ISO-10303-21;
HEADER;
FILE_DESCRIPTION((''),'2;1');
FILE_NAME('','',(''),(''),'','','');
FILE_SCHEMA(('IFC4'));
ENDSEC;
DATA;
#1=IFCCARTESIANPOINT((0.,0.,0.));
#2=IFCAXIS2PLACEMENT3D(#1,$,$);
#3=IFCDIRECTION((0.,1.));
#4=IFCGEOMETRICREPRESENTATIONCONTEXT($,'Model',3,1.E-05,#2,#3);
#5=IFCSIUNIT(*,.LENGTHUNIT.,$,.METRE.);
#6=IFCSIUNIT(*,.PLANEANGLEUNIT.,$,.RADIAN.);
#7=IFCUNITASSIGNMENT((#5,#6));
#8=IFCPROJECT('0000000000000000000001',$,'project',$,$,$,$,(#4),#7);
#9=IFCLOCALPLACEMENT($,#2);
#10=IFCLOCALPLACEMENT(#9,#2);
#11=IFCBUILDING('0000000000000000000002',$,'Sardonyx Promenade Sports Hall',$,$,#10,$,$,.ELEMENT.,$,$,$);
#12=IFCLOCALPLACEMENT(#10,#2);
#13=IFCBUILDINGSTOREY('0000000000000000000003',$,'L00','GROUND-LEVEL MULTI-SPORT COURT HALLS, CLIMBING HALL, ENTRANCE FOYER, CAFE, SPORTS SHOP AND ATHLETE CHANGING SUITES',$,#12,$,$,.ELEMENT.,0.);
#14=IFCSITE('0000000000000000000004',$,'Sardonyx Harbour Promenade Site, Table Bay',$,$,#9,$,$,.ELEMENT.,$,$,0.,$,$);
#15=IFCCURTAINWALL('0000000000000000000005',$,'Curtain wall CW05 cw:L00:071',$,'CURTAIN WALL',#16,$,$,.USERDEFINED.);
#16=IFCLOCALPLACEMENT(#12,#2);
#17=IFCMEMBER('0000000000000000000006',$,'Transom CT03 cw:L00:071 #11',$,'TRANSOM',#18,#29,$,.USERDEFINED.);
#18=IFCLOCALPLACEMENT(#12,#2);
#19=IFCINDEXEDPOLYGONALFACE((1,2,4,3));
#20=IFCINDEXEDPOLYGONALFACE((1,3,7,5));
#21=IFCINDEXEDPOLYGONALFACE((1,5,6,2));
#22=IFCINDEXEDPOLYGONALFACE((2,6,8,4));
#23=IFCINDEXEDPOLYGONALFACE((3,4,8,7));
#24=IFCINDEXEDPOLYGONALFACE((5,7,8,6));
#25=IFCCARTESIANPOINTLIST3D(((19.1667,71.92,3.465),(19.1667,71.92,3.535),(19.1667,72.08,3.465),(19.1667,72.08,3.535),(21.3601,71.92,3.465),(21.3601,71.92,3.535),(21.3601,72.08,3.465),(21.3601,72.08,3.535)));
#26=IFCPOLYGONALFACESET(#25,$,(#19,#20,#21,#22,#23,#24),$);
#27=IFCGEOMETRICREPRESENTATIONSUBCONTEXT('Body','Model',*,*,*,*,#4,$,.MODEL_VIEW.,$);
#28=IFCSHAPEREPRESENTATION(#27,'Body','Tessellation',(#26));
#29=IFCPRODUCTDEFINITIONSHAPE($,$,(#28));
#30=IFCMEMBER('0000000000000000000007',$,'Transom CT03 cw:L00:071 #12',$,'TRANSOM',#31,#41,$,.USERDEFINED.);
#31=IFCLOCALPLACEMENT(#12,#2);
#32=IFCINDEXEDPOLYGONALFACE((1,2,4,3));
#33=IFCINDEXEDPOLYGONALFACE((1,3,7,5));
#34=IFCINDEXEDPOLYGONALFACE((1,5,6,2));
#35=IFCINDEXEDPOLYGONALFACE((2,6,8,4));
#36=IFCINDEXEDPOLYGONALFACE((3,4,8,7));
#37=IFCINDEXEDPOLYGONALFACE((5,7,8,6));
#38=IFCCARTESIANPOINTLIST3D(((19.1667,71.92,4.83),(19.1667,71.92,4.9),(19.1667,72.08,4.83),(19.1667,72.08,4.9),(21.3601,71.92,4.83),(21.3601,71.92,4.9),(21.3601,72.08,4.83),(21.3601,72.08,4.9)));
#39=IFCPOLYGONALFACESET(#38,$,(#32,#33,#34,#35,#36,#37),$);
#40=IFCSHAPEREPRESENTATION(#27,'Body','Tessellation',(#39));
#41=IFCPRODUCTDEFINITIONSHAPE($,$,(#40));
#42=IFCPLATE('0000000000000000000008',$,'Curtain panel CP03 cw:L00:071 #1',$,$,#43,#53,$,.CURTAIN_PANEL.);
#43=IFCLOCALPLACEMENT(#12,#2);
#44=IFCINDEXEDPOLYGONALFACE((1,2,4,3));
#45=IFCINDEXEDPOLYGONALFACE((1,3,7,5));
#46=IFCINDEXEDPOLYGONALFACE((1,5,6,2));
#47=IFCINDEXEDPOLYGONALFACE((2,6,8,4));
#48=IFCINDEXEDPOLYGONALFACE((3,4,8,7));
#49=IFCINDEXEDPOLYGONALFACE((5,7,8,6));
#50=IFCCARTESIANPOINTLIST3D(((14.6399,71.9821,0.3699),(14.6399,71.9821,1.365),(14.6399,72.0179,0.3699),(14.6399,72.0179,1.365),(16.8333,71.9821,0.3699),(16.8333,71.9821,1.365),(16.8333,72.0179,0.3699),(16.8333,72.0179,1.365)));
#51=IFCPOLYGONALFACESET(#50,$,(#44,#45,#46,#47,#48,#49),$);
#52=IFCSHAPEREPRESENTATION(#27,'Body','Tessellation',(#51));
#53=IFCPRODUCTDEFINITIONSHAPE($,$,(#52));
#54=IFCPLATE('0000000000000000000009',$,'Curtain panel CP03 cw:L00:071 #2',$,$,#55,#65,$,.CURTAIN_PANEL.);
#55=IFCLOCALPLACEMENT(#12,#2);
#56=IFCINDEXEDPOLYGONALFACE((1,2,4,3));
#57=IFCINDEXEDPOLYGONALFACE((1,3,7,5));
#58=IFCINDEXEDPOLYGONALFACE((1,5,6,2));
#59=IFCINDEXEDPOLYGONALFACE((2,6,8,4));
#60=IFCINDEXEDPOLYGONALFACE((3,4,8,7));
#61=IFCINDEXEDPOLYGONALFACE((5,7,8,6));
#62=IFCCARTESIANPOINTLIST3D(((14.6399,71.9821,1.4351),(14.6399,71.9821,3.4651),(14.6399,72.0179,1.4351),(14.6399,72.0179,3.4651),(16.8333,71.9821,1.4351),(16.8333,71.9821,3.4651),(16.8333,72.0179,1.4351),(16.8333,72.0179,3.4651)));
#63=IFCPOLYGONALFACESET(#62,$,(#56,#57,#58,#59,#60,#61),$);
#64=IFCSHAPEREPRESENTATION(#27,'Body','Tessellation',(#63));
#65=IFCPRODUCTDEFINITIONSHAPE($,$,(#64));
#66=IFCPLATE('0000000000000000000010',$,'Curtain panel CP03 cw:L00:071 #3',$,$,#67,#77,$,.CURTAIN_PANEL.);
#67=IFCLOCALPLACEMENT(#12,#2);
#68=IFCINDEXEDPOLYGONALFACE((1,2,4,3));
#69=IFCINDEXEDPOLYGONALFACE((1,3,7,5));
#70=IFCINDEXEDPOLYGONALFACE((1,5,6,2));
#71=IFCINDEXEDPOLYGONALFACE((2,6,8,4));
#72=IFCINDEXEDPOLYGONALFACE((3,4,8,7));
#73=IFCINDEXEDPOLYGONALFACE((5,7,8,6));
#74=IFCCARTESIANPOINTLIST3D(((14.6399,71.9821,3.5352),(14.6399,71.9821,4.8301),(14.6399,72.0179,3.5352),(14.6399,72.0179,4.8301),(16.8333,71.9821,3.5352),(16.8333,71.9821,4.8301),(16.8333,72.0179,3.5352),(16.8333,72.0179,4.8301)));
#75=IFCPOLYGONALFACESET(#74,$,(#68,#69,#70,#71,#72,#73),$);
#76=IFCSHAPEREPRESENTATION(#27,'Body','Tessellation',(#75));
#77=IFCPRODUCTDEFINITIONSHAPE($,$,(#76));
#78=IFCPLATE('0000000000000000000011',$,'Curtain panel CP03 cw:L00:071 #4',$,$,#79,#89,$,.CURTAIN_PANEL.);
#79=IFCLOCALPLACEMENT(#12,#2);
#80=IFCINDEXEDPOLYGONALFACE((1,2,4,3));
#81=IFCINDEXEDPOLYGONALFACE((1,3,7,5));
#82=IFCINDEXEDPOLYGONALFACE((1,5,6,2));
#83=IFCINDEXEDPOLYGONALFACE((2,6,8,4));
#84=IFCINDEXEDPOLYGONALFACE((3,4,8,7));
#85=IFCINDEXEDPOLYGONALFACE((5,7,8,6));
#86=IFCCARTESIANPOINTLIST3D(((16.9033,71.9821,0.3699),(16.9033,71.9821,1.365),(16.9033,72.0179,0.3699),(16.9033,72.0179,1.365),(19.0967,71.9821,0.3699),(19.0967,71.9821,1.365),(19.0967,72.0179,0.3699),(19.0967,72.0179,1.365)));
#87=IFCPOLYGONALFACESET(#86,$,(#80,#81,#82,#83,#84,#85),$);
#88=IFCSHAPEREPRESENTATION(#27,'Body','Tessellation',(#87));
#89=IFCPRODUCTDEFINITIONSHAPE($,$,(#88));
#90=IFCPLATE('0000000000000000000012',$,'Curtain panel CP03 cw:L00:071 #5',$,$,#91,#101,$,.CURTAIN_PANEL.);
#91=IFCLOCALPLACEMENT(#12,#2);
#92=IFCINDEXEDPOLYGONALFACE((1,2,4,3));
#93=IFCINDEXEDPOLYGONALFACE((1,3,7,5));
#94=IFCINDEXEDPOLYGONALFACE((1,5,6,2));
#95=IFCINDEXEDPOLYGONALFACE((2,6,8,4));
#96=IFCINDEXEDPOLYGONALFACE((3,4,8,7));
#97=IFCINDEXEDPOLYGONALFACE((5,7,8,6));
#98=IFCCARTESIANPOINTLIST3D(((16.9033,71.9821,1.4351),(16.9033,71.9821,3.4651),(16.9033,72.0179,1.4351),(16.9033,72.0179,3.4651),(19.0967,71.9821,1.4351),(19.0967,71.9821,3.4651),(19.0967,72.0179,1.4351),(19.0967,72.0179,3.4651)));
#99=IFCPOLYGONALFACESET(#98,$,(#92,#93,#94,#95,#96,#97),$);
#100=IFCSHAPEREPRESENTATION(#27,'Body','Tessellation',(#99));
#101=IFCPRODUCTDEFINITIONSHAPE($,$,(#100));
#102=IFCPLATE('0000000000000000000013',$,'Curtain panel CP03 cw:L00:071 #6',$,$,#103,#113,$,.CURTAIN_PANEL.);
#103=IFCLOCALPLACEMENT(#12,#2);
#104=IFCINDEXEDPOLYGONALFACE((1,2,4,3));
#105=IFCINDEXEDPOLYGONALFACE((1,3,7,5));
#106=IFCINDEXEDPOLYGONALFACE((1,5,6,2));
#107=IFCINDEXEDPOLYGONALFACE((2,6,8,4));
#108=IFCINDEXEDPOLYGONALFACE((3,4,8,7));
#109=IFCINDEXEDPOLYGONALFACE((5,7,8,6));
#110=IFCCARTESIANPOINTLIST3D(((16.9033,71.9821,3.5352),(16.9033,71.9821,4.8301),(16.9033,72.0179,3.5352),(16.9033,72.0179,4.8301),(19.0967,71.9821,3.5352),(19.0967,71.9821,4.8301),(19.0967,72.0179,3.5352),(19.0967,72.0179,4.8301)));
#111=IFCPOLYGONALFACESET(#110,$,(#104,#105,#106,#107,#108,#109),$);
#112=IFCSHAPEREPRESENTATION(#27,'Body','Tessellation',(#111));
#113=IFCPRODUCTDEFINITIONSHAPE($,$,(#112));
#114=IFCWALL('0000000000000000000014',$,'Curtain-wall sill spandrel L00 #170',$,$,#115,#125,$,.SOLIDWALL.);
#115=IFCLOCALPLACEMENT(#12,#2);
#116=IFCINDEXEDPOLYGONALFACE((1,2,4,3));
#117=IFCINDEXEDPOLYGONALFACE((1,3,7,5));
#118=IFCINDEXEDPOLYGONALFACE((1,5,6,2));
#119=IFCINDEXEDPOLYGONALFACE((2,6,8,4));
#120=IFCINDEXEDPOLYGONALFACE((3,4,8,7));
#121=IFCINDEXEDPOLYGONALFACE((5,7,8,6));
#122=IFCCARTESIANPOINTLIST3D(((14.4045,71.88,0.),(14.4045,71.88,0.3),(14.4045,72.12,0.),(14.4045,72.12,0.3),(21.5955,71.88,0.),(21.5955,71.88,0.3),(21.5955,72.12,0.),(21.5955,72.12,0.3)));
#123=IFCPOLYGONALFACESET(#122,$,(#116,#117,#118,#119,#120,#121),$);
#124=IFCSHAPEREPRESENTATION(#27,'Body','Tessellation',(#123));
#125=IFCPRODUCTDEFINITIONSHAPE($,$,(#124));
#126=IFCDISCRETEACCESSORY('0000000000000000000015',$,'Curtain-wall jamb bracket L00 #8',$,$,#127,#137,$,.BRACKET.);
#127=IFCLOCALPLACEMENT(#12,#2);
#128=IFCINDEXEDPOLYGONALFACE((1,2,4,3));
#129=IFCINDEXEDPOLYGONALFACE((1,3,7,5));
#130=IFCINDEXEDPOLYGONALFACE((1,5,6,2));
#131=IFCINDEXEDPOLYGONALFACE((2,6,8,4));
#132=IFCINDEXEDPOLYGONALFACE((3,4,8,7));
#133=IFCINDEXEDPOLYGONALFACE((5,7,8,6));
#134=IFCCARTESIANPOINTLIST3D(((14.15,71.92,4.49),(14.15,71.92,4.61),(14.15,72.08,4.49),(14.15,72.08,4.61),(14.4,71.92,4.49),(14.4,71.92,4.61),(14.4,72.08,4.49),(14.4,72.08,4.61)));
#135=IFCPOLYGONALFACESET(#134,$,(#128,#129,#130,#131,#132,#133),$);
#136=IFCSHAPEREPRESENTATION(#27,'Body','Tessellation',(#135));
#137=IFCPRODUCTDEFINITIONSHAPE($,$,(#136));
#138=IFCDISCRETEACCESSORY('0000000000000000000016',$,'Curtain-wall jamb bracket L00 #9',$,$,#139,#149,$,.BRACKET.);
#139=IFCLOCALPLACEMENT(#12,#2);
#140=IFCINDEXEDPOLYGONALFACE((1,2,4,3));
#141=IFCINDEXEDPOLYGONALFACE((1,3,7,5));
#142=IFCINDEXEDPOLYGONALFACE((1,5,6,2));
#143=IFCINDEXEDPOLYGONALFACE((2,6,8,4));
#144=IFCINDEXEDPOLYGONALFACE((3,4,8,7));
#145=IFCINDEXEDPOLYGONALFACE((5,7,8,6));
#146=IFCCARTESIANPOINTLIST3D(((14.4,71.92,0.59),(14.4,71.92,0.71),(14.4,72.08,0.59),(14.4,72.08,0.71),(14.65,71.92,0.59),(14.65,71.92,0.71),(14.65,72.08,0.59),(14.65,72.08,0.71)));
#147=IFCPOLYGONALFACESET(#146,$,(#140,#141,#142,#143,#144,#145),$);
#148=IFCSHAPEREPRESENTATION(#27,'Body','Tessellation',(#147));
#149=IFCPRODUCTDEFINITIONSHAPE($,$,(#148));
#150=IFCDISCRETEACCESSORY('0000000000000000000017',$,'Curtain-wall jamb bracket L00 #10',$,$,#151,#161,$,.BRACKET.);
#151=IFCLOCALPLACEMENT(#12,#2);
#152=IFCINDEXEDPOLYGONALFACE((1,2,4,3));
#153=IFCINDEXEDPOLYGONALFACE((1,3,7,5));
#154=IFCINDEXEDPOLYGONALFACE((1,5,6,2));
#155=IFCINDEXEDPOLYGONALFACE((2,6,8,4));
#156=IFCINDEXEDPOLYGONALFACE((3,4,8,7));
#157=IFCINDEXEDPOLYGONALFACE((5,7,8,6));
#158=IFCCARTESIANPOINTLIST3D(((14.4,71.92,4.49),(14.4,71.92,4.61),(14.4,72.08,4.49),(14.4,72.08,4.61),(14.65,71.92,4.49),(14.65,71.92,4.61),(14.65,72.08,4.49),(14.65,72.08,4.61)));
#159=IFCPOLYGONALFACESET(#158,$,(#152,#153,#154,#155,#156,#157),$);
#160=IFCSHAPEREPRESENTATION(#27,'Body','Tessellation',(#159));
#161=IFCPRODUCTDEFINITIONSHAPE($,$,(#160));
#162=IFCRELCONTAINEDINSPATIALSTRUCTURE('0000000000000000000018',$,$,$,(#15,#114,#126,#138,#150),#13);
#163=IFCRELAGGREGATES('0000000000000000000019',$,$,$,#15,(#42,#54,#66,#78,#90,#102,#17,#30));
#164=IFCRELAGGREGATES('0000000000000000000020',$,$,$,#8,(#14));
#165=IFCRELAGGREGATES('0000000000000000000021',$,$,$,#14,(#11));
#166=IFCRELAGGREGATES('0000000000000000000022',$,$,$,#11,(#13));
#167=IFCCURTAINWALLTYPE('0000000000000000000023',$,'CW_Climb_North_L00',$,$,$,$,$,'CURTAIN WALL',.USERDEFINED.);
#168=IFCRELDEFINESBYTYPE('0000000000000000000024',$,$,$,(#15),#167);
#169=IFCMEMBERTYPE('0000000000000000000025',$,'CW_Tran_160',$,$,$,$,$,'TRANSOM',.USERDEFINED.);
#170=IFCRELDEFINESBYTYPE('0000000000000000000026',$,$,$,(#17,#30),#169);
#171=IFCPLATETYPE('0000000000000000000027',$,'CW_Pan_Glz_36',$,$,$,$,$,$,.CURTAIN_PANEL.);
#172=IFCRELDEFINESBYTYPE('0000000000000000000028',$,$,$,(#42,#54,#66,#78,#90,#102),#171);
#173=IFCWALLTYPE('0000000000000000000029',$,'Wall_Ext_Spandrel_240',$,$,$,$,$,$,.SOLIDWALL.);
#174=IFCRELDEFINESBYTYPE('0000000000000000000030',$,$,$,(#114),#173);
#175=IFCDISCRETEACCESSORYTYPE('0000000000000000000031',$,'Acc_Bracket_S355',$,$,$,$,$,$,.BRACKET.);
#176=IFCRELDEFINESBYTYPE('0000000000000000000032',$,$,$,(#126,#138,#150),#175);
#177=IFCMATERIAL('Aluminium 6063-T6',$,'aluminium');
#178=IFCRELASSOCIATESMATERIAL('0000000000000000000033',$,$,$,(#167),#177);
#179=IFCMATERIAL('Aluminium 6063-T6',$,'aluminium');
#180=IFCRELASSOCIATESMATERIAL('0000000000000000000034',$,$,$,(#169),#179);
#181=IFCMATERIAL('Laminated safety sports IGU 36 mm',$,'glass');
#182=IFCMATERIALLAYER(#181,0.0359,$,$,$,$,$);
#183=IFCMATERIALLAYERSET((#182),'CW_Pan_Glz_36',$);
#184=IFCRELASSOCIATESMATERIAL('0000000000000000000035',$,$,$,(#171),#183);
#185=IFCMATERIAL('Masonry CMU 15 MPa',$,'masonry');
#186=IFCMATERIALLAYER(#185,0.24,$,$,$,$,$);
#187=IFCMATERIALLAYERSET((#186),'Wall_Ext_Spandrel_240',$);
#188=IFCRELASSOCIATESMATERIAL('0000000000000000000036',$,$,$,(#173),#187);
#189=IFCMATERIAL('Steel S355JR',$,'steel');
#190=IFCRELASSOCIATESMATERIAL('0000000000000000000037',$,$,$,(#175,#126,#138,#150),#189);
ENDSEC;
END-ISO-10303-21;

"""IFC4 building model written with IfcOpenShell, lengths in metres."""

from ifc_helpers import new_model, si_unit, direction, frame, frame_2d, origin, origin_2d, place, context, subcontext, project, spatial, rectangle, extrude, material, layer, layer_set, material_profile, profile_set, type_object, element, aggregate, save


model = new_model("IFC4")

# Units and contexts
model_context = context("Model", 3, precision=1e-05, world=origin(), true_north=direction((0.0, 1.0)))
body_context = subcontext(model_context, "Body", "Model", "MODEL_VIEW")
ifc_project = project(units=[si_unit("LENGTHUNIT", "METRE"), si_unit("PLANEANGLEUNIT", "RADIAN")], contexts=[model_context])

# Site, building, storey
site_placement = place(None, origin())
site = spatial("IfcSite", under=ifc_project, at=site_placement, Name="Sardonyx Harbour Promenade Site, Table Bay", CompositionType="ELEMENT", RefElevation=0.0)
building_placement = place(site_placement, origin())
building = spatial("IfcBuilding", under=site, at=building_placement, Name="Sardonyx Promenade Sports Hall", CompositionType="ELEMENT")
storey_placement = place(building_placement, origin())
storey = spatial("IfcBuildingStorey", under=building, at=storey_placement, Name="L00", Description="GROUND-LEVEL MULTI-SPORT COURT HALLS, CLIMBING HALL, ENTRANCE FOYER, CAFE, SPORTS SHOP AND ATHLETE CHANGING SUITES", CompositionType="ELEMENT", Elevation=0.0)

# Curtain wall, members, plates
ifc_material_1 = material(Name="Aluminium 6063-T6", Category="aluminium")
curtain_wall_type = type_object("IfcCurtainWallType", Name="CW_Climb_North_L00", ElementType="CURTAIN WALL", PredefinedType="USERDEFINED", material=ifc_material_1)
curtain_wall_placement = place(storey_placement, origin())
curtain_wall = element("IfcCurtainWall", 1, at=curtain_wall_placement, inside=storey, type_object=curtain_wall_type, Name="Curtain wall CW05 cw:L00:071", ObjectType="CURTAIN WALL", PredefinedType="USERDEFINED")
ifc_material_2 = material(Name="Aluminium 6063-T6", Category="aluminium")
ifc_material_profile_1 = material_profile(ifc_material_2, rectangle(XDim=0.0701, YDim=0.1599, at=origin_2d()))
ifc_profile_set_1 = profile_set([ifc_material_profile_1], Name="Aluminium 6063-T6")
member_type_1 = type_object("IfcMemberType", Name="CW_Tran_160", ElementType="TRANSOM", PredefinedType="USERDEFINED", material=ifc_profile_set_1)
member_1_placement = place(storey_placement, frame((19.1667, 72.0, 3.5), z_axis=(1.0, 0.0, 0.0), x_axis=(0.0, 0.0, 1.0)))
member_1 = element("IfcMember", 2, at=member_1_placement, type_object=member_type_1, Name="Transom CT03 cw:L00:071 #11", ObjectType="TRANSOM", PredefinedType="USERDEFINED", context=body_context, shape_type="SweptSolid", body=[
    extrude(rectangle(XDim=0.0701, YDim=0.1599, at=origin_2d()), origin(), (0.0, 0.0, 1.0), 2.1934),
])
member_2_placement = place(storey_placement, frame((19.1667, 72.0, 4.865), z_axis=(1.0, 0.0, 0.0), x_axis=(0.0, 0.0, 1.0)))
member_2 = element("IfcMember", 3, at=member_2_placement, type_object=member_type_1, Name="Transom CT03 cw:L00:071 #12", ObjectType="TRANSOM", PredefinedType="USERDEFINED", context=body_context, shape_type="SweptSolid", body=[
    extrude(rectangle(XDim=0.0701, YDim=0.1599, at=origin_2d()), origin(), (0.0, 0.0, 1.0), 2.1934),
])
ifc_material_3 = material(Name="Laminated safety sports IGU 36 mm", Category="glass")
ifc_layer_1 = layer(ifc_material_3, 0.0359)
ifc_layer_set_1 = layer_set([ifc_layer_1], Name="CW_Pan_Glz_36")
plate_type = type_object("IfcPlateType", Name="CW_Pan_Glz_36", PredefinedType="CURTAIN_PANEL", material=ifc_layer_set_1)
plate_1_placement = place(storey_placement, frame((15.7366, 72.0, 0.3699), z_axis=(0.0, 0.0, 1.0), x_axis=(1.0, 0.0, 0.0)))
plate_1 = element("IfcPlate", 4, at=plate_1_placement, type_object=plate_type, Name="Curtain panel CP03 cw:L00:071 #1", PredefinedType="CURTAIN_PANEL", context=body_context, shape_type="SweptSolid", body=[
    extrude(rectangle(XDim=2.1934, YDim=0.0359, at=origin_2d()), origin(), (0.0, 0.0, 1.0), 0.9951),
])
plate_2_placement = place(storey_placement, frame((15.7366, 72.0, 1.4351), z_axis=(0.0, 0.0, 1.0), x_axis=(1.0, 0.0, 0.0)))
plate_2 = element("IfcPlate", 5, at=plate_2_placement, type_object=plate_type, Name="Curtain panel CP03 cw:L00:071 #2", PredefinedType="CURTAIN_PANEL", context=body_context, shape_type="SweptSolid", body=[
    extrude(rectangle(XDim=2.1934, YDim=0.0359, at=origin_2d()), origin(), (0.0, 0.0, 1.0), 2.03),
])
plate_3_placement = place(storey_placement, frame((15.7366, 72.0, 3.5352), z_axis=(0.0, 0.0, 1.0), x_axis=(1.0, 0.0, 0.0)))
plate_3 = element("IfcPlate", 6, at=plate_3_placement, type_object=plate_type, Name="Curtain panel CP03 cw:L00:071 #3", PredefinedType="CURTAIN_PANEL", context=body_context, shape_type="SweptSolid", body=[
    extrude(rectangle(XDim=2.1934, YDim=0.0359, at=origin_2d()), origin(), (0.0, 0.0, 1.0), 1.2949),
])
plate_4_placement = place(storey_placement, frame((18.0, 72.0, 0.3699), z_axis=(0.0, 0.0, 1.0), x_axis=(1.0, 0.0, 0.0)))
plate_4 = element("IfcPlate", 7, at=plate_4_placement, type_object=plate_type, Name="Curtain panel CP03 cw:L00:071 #4", PredefinedType="CURTAIN_PANEL", context=body_context, shape_type="SweptSolid", body=[
    extrude(rectangle(XDim=2.1934, YDim=0.0359, at=origin_2d()), origin(), (0.0, 0.0, 1.0), 0.9951),
])
plate_5_placement = place(storey_placement, frame((18.0, 72.0, 1.4351), z_axis=(0.0, 0.0, 1.0), x_axis=(1.0, 0.0, 0.0)))
plate_5 = element("IfcPlate", 8, at=plate_5_placement, type_object=plate_type, Name="Curtain panel CP03 cw:L00:071 #5", PredefinedType="CURTAIN_PANEL", context=body_context, shape_type="SweptSolid", body=[
    extrude(rectangle(XDim=2.1934, YDim=0.0359, at=origin_2d()), origin(), (0.0, 0.0, 1.0), 2.03),
])
plate_6_placement = place(storey_placement, frame((18.0, 72.0, 3.5352), z_axis=(0.0, 0.0, 1.0), x_axis=(1.0, 0.0, 0.0)))
plate_6 = element("IfcPlate", 9, at=plate_6_placement, type_object=plate_type, Name="Curtain panel CP03 cw:L00:071 #6", PredefinedType="CURTAIN_PANEL", context=body_context, shape_type="SweptSolid", body=[
    extrude(rectangle(XDim=2.1934, YDim=0.0359, at=origin_2d()), origin(), (0.0, 0.0, 1.0), 1.2949),
])
aggregate(curtain_wall, [plate_1, plate_2, plate_3, plate_4, plate_5, plate_6, member_1, member_2])

# Wall
ifc_material_4 = material(Name="Masonry CMU 15 MPa", Category="masonry")
ifc_layer_2 = layer(ifc_material_4, 0.24)
ifc_layer_set_2 = layer_set([ifc_layer_2], Name="Wall_Ext_Spandrel_240")
wall_type = type_object("IfcWallType", Name="Wall_Ext_Spandrel_240", PredefinedType="SOLIDWALL", material=ifc_layer_set_2)
wall_placement = place(storey_placement, frame((14.4045, 72.0, 0.0), z_axis=(0.0, 0.0, 1.0), x_axis=(1.0, 0.0, 0.0)))
element("IfcWall", 10, at=wall_placement, inside=storey, type_object=wall_type, Name="Curtain-wall sill spandrel L00 #170", PredefinedType="SOLIDWALL", context=body_context, shape_type="SweptSolid", body=[
    extrude(rectangle(XDim=7.1909, YDim=0.24, at=frame_2d((3.5955, 0.0))), origin(), (0.0, 0.0, 1.0), 0.3),
])

# Discrete accessories
ifc_material_5 = material(Name="Steel S355JR", Category="steel")
discrete_accessory_type = type_object("IfcDiscreteAccessoryType", Name="Acc_Bracket_S355", PredefinedType="BRACKET", material=ifc_material_5)
for number, where, z_axis, x_axis, name in (
    (11, (14.275, 72.0, 4.49), (0.0, 0.0, 1.0), (1.0, 0.0, 0.0), "Curtain-wall jamb bracket L00 #8"),
    (12, (14.525, 72.0, 0.59), (0.0, 0.0, 1.0), (1.0, 0.0, 0.0), "Curtain-wall jamb bracket L00 #9"),
    (13, (14.525, 72.0, 4.49), (0.0, 0.0, 1.0), (1.0, 0.0, 0.0), "Curtain-wall jamb bracket L00 #10"),
):
    element("IfcDiscreteAccessory", number, at=place(storey_placement, frame(where, z_axis=z_axis, x_axis=x_axis)), inside=storey, type_object=discrete_accessory_type, material=ifc_material_5, Name=name, PredefinedType="BRACKET", context=body_context, shape_type="SweptSolid", body=[
        extrude(rectangle(XDim=0.25, YDim=0.16), origin(), (0.0, 0.0, 1.0), 0.12),
    ])

save(model, "model.ifc")
